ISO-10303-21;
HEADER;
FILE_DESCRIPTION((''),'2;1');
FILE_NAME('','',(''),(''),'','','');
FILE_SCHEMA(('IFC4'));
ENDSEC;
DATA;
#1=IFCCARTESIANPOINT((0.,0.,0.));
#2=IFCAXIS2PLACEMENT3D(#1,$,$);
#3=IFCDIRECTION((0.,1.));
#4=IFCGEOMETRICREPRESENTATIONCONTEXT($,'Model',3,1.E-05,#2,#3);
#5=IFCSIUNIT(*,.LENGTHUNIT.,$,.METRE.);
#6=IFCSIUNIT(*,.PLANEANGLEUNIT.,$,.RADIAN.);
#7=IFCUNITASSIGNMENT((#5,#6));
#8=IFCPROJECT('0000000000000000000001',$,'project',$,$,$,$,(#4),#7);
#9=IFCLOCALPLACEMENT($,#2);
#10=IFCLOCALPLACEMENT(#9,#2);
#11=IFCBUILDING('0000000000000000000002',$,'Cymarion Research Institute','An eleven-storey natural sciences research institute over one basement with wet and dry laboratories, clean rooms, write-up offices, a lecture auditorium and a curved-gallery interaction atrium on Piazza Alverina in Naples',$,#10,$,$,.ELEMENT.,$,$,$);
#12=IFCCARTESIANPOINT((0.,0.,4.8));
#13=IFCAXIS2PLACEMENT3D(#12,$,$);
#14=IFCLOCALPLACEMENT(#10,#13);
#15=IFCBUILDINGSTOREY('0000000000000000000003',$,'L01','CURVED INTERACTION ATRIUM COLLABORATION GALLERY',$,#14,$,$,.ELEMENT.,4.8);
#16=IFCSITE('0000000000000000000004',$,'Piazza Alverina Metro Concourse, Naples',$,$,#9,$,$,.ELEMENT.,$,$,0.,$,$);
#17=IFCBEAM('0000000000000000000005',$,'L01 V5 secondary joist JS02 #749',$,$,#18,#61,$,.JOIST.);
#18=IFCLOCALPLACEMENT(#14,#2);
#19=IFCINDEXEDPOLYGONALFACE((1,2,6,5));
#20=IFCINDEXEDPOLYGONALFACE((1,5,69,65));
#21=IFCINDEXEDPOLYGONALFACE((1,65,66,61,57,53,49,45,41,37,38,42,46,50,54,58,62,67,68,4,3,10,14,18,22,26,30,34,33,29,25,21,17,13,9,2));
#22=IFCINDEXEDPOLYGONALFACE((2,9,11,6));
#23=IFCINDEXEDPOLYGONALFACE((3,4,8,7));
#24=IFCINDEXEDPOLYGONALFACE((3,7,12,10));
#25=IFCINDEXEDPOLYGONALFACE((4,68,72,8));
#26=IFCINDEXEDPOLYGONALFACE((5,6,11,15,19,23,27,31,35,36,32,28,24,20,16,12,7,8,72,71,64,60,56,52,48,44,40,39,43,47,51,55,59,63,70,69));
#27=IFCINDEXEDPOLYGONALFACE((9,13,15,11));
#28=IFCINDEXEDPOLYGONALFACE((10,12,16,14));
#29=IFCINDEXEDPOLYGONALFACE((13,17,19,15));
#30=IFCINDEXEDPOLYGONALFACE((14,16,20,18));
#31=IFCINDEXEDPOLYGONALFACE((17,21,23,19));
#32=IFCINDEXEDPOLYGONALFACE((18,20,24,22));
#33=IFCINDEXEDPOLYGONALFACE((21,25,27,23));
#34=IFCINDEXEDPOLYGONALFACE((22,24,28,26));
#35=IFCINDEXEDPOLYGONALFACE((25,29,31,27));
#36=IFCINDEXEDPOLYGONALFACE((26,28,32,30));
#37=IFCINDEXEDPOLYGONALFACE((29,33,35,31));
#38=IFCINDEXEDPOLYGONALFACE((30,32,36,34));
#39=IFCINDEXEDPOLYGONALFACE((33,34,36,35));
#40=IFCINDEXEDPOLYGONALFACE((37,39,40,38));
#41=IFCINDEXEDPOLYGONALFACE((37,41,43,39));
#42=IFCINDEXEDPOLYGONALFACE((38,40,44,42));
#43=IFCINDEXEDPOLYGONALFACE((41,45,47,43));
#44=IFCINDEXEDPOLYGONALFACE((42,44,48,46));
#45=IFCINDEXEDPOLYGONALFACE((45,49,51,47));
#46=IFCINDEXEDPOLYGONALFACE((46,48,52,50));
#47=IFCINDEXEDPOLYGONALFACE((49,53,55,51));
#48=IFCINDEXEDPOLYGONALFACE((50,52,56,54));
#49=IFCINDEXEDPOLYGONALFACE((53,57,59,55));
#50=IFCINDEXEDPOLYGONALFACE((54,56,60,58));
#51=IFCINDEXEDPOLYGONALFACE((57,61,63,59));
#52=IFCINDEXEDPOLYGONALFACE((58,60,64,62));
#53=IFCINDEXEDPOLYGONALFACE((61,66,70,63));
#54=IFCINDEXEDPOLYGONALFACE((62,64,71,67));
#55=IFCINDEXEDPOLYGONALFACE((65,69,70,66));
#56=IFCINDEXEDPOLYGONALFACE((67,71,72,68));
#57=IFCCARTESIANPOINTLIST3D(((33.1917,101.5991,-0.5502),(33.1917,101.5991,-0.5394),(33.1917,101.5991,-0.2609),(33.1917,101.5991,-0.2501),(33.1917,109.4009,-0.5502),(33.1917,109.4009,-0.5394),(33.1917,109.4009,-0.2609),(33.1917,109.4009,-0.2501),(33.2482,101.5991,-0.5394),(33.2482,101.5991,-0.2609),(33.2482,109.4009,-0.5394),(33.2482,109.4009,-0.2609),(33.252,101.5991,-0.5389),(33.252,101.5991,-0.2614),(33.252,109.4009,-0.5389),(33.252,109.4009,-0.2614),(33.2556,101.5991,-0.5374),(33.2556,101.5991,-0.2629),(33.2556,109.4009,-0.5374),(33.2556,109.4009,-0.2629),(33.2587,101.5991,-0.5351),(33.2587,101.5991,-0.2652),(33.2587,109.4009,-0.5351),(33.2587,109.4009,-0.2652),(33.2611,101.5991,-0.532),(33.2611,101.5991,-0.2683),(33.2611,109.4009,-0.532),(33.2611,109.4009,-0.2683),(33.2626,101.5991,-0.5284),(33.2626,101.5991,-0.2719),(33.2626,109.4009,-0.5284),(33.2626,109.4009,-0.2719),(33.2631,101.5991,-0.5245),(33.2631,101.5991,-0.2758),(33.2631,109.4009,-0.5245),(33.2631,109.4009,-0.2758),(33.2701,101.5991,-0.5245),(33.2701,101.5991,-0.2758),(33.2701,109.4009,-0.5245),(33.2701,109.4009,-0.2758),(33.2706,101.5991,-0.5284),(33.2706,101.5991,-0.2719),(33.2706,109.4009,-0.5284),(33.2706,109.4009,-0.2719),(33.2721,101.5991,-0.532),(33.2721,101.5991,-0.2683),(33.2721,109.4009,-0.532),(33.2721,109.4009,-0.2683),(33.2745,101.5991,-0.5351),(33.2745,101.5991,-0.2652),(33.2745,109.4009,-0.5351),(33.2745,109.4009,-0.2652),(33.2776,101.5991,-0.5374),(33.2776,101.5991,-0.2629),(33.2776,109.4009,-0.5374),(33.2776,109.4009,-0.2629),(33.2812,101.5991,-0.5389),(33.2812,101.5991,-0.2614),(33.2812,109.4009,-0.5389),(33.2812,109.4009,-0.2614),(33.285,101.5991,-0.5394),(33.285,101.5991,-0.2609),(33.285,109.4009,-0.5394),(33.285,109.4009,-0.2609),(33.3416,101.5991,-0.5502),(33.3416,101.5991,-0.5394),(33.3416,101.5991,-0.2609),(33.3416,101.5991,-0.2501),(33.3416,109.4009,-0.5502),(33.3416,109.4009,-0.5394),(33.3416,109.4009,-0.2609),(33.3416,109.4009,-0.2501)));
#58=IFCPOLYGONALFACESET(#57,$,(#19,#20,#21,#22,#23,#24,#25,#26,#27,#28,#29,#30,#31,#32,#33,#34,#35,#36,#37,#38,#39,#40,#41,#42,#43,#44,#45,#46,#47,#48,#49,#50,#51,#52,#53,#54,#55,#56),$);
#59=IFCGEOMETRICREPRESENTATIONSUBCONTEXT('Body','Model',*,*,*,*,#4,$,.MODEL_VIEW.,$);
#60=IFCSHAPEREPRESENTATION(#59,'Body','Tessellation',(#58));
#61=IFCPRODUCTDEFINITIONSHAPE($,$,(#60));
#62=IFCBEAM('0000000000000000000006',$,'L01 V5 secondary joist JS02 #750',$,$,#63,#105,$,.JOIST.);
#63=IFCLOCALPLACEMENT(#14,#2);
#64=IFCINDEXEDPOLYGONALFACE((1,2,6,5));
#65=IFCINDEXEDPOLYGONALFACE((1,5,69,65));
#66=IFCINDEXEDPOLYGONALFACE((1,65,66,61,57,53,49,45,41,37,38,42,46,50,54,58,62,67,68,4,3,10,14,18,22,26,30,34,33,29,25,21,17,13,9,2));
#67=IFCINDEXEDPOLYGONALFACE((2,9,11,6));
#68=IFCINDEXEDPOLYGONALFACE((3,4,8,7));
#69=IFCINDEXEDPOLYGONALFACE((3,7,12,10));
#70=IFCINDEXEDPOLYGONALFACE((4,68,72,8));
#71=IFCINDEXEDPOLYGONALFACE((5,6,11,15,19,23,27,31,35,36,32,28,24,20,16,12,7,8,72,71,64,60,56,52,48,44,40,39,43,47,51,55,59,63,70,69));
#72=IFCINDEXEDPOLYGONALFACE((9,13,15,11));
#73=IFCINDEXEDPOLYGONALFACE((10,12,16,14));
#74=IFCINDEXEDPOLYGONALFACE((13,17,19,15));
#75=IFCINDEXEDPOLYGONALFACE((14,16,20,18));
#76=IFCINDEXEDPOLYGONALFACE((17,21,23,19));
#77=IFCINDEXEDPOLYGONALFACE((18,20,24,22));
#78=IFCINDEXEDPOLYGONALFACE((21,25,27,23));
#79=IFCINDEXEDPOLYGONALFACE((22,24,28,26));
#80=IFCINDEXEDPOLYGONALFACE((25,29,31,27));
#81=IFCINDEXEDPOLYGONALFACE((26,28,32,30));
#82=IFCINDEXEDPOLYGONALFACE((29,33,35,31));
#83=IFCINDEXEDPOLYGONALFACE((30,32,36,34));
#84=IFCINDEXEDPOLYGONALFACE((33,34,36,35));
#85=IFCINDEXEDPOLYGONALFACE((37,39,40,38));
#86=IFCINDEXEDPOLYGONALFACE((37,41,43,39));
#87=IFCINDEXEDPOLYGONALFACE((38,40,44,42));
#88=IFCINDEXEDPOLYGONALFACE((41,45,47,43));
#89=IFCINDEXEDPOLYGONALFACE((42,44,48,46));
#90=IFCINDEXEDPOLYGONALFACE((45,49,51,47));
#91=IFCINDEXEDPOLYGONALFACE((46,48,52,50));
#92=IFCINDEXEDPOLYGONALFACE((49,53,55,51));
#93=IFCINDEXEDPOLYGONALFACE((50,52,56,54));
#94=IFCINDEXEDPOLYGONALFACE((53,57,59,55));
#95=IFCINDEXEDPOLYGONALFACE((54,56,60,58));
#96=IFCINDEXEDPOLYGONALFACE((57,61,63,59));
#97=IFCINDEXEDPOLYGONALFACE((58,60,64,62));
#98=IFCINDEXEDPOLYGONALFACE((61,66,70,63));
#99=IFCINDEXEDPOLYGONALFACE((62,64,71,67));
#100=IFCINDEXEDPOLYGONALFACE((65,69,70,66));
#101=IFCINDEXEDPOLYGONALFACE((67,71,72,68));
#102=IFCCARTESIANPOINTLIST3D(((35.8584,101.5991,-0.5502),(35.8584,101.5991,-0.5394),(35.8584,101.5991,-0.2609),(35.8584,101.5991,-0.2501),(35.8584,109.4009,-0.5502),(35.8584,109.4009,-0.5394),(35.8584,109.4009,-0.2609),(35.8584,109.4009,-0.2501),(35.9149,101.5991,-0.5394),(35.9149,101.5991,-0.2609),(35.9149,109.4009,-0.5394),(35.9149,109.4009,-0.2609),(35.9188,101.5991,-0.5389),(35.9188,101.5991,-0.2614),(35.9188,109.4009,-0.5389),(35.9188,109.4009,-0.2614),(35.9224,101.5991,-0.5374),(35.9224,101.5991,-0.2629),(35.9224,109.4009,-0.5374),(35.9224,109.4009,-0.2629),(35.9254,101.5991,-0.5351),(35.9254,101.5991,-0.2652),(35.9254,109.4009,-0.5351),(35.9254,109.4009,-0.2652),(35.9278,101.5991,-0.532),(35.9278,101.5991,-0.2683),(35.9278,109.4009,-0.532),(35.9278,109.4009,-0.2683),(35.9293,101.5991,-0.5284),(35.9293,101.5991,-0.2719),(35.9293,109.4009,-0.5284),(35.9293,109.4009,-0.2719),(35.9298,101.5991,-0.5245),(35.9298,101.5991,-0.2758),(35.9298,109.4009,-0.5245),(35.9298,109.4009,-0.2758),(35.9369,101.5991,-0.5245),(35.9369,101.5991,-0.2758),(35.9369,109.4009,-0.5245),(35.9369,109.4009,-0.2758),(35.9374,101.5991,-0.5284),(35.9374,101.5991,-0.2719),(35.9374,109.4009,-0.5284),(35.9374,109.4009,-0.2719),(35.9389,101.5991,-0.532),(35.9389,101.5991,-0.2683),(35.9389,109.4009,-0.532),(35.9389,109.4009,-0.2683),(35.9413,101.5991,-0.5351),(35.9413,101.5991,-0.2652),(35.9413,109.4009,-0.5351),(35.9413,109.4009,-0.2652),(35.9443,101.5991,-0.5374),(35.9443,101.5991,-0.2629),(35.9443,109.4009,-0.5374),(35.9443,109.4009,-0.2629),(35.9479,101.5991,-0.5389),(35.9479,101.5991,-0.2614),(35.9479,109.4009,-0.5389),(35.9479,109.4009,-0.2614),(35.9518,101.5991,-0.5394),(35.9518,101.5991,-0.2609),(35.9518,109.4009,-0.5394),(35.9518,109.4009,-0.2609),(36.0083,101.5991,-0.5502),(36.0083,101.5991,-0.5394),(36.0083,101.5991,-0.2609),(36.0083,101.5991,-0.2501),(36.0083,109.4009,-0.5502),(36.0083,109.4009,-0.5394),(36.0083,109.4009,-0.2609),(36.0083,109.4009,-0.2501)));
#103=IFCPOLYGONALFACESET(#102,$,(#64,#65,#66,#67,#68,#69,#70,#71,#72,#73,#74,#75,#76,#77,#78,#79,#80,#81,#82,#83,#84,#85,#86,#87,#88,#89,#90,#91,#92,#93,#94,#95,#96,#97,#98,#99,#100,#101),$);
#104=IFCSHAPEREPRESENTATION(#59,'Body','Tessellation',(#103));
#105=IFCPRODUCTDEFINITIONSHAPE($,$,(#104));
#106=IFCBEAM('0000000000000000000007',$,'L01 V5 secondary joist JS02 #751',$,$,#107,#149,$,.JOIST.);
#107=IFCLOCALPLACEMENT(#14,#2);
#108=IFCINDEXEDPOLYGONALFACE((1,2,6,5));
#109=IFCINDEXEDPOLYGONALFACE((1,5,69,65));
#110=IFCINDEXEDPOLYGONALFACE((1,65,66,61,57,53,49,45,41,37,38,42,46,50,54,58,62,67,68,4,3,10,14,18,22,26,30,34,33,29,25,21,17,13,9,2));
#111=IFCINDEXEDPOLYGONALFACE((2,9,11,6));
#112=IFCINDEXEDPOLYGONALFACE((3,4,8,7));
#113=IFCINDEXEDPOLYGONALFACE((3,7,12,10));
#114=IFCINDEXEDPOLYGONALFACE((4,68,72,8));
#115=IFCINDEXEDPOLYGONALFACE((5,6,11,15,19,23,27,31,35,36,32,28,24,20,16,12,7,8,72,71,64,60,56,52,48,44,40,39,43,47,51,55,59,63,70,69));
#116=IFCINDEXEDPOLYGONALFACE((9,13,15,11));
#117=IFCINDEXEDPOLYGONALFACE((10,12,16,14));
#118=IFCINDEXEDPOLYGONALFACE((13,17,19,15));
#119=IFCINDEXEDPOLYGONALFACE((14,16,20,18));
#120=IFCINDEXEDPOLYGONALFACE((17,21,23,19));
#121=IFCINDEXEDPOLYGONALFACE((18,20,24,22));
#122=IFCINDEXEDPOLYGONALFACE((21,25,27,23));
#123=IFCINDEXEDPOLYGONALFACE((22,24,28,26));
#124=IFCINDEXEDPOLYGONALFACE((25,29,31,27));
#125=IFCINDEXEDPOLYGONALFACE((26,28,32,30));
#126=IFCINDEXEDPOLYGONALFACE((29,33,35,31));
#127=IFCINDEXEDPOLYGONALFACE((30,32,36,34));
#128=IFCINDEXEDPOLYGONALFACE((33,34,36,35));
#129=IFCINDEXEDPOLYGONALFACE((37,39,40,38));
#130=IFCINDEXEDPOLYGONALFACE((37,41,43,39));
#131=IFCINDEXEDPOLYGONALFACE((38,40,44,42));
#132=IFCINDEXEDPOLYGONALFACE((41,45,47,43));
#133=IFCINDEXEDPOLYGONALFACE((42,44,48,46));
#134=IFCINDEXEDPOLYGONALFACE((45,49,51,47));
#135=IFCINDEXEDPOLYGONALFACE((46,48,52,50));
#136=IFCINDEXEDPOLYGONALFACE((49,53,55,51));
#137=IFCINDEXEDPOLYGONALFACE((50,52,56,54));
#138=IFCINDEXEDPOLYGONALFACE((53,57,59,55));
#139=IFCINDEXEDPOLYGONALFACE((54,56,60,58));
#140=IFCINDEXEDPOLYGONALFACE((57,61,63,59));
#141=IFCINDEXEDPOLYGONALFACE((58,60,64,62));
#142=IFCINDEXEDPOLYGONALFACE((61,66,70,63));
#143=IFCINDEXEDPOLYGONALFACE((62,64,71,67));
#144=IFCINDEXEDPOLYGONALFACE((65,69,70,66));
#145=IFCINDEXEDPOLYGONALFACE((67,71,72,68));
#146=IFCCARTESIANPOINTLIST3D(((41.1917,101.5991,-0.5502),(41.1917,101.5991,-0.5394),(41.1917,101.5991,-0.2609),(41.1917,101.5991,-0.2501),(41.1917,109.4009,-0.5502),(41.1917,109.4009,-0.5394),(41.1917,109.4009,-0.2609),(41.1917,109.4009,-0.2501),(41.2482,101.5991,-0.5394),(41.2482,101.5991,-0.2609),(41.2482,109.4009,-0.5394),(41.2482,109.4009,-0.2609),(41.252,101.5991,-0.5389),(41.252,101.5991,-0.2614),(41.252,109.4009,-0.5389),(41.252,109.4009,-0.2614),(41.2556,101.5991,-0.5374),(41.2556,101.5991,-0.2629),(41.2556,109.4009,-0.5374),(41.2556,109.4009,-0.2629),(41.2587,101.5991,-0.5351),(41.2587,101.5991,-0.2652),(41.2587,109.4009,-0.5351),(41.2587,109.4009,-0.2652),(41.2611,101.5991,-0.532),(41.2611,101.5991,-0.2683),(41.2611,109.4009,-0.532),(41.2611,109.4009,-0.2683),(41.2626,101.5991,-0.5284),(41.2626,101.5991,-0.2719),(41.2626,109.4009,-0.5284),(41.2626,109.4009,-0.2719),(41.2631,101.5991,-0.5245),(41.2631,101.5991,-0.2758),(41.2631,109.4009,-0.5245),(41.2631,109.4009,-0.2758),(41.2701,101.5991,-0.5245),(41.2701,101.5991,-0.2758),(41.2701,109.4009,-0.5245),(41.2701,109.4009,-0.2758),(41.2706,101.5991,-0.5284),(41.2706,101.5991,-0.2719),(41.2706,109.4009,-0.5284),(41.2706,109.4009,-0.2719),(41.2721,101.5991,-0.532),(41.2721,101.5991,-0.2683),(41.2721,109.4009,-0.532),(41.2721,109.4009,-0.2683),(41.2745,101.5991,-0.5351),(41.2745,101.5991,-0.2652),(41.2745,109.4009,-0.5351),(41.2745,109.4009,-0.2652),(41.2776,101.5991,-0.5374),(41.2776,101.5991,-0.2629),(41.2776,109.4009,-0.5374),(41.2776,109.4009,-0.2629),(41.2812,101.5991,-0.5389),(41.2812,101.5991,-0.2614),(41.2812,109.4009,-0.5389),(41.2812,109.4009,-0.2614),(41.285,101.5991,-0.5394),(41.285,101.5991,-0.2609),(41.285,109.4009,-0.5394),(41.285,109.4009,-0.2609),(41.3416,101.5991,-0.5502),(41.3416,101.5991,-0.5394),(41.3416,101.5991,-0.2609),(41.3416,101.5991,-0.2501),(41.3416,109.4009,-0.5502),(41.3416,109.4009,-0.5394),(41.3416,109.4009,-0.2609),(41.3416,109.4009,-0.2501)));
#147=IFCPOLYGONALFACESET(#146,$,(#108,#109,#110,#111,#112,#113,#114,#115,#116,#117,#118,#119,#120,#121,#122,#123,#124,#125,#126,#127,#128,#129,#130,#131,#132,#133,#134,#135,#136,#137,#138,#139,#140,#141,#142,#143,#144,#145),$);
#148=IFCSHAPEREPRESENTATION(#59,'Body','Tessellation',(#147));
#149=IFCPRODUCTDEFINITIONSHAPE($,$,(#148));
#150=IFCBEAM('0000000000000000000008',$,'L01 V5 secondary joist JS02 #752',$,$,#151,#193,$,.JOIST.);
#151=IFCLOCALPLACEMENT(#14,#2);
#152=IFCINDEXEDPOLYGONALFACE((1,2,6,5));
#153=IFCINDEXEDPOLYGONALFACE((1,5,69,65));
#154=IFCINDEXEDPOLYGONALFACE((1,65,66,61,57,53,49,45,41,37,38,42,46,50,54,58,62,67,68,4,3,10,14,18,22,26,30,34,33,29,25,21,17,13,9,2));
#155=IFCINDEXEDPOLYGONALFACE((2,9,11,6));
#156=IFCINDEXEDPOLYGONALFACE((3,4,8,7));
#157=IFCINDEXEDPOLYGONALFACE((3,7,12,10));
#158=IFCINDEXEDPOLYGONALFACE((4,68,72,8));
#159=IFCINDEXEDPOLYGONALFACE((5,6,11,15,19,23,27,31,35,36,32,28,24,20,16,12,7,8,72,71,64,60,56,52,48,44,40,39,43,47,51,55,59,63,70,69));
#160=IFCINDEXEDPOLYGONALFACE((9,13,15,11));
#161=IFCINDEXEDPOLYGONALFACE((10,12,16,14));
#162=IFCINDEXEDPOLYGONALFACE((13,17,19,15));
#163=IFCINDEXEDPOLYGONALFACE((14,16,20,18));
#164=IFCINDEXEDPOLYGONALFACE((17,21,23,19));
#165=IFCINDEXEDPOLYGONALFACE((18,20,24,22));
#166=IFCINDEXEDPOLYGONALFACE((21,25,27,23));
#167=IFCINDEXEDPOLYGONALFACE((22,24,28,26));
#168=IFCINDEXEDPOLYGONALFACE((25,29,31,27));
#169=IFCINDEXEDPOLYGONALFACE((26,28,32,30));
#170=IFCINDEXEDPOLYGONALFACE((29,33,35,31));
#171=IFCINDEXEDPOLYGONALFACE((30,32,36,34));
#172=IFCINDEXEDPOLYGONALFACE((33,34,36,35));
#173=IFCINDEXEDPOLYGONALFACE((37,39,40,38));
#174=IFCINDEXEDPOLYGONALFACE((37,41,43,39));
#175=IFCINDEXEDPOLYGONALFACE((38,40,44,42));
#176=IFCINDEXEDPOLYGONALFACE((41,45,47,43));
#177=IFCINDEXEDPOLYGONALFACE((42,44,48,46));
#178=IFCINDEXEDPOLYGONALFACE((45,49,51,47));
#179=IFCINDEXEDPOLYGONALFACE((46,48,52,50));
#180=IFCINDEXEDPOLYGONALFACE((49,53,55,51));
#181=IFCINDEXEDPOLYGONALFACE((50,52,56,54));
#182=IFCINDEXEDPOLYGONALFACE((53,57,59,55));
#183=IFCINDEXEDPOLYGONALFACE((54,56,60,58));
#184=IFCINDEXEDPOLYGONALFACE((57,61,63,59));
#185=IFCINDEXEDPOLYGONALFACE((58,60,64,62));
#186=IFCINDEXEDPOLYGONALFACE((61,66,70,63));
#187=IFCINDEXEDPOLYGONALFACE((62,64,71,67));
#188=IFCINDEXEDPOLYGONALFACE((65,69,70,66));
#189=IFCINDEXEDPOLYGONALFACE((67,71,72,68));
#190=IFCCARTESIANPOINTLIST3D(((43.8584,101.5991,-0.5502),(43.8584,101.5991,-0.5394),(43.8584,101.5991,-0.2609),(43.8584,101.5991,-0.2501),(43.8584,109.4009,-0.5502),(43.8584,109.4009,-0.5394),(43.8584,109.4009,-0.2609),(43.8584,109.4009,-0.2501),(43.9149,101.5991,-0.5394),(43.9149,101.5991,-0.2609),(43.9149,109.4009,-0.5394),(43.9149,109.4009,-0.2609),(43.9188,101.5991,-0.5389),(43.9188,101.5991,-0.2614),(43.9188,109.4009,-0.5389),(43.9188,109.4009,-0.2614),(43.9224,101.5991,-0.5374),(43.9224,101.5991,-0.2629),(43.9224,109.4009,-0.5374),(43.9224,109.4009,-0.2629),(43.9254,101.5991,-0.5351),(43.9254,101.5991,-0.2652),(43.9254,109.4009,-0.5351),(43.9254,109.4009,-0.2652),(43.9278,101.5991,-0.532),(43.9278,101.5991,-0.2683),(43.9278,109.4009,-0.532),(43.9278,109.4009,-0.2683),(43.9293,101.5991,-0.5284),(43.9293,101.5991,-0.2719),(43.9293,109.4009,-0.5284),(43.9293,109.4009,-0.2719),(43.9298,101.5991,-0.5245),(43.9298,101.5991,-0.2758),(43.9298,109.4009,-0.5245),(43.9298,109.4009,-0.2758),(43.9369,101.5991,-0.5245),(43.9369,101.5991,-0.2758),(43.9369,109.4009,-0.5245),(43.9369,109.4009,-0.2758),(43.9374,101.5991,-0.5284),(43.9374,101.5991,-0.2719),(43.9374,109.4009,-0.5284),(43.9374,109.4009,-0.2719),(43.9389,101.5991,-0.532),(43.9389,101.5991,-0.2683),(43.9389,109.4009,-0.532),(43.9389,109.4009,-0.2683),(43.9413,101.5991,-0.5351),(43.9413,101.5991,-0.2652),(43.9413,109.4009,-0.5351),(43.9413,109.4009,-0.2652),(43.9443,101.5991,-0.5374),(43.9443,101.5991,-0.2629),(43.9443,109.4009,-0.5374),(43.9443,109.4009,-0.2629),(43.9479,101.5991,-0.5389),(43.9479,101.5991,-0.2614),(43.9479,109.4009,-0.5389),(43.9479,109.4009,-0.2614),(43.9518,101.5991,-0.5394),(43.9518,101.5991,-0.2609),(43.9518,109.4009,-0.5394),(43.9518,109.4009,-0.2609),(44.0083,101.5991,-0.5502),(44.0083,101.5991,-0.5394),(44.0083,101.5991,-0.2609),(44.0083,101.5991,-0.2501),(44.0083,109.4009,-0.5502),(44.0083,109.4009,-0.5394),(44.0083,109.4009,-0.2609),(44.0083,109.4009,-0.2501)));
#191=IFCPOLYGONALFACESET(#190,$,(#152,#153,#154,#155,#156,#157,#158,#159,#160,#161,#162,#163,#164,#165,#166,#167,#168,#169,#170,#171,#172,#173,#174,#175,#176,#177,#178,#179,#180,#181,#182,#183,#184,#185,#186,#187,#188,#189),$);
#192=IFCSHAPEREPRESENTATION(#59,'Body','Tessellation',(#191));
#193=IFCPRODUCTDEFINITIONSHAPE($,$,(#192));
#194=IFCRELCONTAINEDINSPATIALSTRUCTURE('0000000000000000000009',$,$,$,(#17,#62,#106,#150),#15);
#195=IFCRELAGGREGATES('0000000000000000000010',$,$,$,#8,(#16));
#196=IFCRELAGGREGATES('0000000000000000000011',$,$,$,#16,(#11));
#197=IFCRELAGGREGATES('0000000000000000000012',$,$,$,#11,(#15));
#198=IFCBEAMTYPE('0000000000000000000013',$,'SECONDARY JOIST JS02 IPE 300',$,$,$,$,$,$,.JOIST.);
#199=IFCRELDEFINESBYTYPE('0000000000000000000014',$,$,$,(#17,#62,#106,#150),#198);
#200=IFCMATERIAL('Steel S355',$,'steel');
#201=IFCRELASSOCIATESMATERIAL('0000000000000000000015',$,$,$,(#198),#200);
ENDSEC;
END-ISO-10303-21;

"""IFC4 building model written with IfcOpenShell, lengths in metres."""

from ifc_helpers import new_model, si_unit, direction, frame, origin, origin_2d, place, context, subcontext, project, spatial, i_section, extrude, material, material_profile, profile_set, type_object, element, save


model = new_model("IFC4")

# Units and contexts
model_context = context("Model", 3, precision=1e-05, world=origin(), true_north=direction((0.0, 1.0)))
body_context = subcontext(model_context, "Body", "Model", "MODEL_VIEW")
ifc_project = project(units=[si_unit("LENGTHUNIT", "METRE"), si_unit("PLANEANGLEUNIT", "RADIAN")], contexts=[model_context])

# Site, building, storey
site_placement = place(None, origin())
site = spatial("IfcSite", under=ifc_project, at=site_placement, Name="Piazza Alverina Metro Concourse, Naples", CompositionType="ELEMENT", RefElevation=0.0)
building_placement = place(site_placement, origin())
building = spatial("IfcBuilding", under=site, at=building_placement, Name="Cymarion Research Institute", Description="An eleven-storey natural sciences research institute over one basement with wet and dry laboratories, clean rooms, write-up offices, a lecture auditorium and a curved-gallery interaction atrium on Piazza Alverina in Naples", CompositionType="ELEMENT")
storey_placement = place(building_placement, frame((0.0, 0.0, 4.8)))
storey = spatial("IfcBuildingStorey", under=building, at=storey_placement, Name="L01", Description="CURVED INTERACTION ATRIUM COLLABORATION GALLERY", CompositionType="ELEMENT", Elevation=4.8)

# Shared definitions
ifc_material_1 = material(Name="Steel S355", Category="steel")

# Beams
ifc_material_profile_1 = material_profile(ifc_material_1, i_section(OverallWidth=0.1499, OverallDepth=0.3, WebThickness=0.0071, FlangeThickness=0.0107, FilletRadius=0.0149, at=origin_2d()), Name="IPE 300")
ifc_profile_set_1 = profile_set([ifc_material_profile_1], Name="Steel S355")
beam_type_1 = type_object("IfcBeamType", Name="SECONDARY JOIST JS02 IPE 300", PredefinedType="JOIST", material=ifc_profile_set_1)
for number, where, z_axis, x_axis, name in (
    (1, (33.2666, 101.5991, -0.4001), (0.0, 1.0, 0.0), (-1.0, 0.0, 0.0), "L01 V5 secondary joist JS02 #749"),
    (2, (35.9333, 101.5991, -0.4001), (0.0, 1.0, 0.0), (-1.0, 0.0, 0.0), "L01 V5 secondary joist JS02 #750"),
    (3, (41.2666, 101.5991, -0.4001), (0.0, 1.0, 0.0), (-1.0, 0.0, 0.0), "L01 V5 secondary joist JS02 #751"),
    (4, (43.9333, 101.5991, -0.4001), (0.0, 1.0, 0.0), (-1.0, 0.0, 0.0), "L01 V5 secondary joist JS02 #752"),
):
    element("IfcBeam", number, at=place(storey_placement, frame(where, z_axis=z_axis, x_axis=x_axis)), inside=storey, type_object=beam_type_1, Name=name, PredefinedType="JOIST", context=body_context, shape_type="SweptSolid", body=[
        extrude(i_section(OverallWidth=0.1499, OverallDepth=0.3, WebThickness=0.0071, FlangeThickness=0.0107, FilletRadius=0.0149, at=origin_2d()), origin(), (0.0, 0.0, 1.0), 7.8018),
    ])

save(model, "model.ifc")
